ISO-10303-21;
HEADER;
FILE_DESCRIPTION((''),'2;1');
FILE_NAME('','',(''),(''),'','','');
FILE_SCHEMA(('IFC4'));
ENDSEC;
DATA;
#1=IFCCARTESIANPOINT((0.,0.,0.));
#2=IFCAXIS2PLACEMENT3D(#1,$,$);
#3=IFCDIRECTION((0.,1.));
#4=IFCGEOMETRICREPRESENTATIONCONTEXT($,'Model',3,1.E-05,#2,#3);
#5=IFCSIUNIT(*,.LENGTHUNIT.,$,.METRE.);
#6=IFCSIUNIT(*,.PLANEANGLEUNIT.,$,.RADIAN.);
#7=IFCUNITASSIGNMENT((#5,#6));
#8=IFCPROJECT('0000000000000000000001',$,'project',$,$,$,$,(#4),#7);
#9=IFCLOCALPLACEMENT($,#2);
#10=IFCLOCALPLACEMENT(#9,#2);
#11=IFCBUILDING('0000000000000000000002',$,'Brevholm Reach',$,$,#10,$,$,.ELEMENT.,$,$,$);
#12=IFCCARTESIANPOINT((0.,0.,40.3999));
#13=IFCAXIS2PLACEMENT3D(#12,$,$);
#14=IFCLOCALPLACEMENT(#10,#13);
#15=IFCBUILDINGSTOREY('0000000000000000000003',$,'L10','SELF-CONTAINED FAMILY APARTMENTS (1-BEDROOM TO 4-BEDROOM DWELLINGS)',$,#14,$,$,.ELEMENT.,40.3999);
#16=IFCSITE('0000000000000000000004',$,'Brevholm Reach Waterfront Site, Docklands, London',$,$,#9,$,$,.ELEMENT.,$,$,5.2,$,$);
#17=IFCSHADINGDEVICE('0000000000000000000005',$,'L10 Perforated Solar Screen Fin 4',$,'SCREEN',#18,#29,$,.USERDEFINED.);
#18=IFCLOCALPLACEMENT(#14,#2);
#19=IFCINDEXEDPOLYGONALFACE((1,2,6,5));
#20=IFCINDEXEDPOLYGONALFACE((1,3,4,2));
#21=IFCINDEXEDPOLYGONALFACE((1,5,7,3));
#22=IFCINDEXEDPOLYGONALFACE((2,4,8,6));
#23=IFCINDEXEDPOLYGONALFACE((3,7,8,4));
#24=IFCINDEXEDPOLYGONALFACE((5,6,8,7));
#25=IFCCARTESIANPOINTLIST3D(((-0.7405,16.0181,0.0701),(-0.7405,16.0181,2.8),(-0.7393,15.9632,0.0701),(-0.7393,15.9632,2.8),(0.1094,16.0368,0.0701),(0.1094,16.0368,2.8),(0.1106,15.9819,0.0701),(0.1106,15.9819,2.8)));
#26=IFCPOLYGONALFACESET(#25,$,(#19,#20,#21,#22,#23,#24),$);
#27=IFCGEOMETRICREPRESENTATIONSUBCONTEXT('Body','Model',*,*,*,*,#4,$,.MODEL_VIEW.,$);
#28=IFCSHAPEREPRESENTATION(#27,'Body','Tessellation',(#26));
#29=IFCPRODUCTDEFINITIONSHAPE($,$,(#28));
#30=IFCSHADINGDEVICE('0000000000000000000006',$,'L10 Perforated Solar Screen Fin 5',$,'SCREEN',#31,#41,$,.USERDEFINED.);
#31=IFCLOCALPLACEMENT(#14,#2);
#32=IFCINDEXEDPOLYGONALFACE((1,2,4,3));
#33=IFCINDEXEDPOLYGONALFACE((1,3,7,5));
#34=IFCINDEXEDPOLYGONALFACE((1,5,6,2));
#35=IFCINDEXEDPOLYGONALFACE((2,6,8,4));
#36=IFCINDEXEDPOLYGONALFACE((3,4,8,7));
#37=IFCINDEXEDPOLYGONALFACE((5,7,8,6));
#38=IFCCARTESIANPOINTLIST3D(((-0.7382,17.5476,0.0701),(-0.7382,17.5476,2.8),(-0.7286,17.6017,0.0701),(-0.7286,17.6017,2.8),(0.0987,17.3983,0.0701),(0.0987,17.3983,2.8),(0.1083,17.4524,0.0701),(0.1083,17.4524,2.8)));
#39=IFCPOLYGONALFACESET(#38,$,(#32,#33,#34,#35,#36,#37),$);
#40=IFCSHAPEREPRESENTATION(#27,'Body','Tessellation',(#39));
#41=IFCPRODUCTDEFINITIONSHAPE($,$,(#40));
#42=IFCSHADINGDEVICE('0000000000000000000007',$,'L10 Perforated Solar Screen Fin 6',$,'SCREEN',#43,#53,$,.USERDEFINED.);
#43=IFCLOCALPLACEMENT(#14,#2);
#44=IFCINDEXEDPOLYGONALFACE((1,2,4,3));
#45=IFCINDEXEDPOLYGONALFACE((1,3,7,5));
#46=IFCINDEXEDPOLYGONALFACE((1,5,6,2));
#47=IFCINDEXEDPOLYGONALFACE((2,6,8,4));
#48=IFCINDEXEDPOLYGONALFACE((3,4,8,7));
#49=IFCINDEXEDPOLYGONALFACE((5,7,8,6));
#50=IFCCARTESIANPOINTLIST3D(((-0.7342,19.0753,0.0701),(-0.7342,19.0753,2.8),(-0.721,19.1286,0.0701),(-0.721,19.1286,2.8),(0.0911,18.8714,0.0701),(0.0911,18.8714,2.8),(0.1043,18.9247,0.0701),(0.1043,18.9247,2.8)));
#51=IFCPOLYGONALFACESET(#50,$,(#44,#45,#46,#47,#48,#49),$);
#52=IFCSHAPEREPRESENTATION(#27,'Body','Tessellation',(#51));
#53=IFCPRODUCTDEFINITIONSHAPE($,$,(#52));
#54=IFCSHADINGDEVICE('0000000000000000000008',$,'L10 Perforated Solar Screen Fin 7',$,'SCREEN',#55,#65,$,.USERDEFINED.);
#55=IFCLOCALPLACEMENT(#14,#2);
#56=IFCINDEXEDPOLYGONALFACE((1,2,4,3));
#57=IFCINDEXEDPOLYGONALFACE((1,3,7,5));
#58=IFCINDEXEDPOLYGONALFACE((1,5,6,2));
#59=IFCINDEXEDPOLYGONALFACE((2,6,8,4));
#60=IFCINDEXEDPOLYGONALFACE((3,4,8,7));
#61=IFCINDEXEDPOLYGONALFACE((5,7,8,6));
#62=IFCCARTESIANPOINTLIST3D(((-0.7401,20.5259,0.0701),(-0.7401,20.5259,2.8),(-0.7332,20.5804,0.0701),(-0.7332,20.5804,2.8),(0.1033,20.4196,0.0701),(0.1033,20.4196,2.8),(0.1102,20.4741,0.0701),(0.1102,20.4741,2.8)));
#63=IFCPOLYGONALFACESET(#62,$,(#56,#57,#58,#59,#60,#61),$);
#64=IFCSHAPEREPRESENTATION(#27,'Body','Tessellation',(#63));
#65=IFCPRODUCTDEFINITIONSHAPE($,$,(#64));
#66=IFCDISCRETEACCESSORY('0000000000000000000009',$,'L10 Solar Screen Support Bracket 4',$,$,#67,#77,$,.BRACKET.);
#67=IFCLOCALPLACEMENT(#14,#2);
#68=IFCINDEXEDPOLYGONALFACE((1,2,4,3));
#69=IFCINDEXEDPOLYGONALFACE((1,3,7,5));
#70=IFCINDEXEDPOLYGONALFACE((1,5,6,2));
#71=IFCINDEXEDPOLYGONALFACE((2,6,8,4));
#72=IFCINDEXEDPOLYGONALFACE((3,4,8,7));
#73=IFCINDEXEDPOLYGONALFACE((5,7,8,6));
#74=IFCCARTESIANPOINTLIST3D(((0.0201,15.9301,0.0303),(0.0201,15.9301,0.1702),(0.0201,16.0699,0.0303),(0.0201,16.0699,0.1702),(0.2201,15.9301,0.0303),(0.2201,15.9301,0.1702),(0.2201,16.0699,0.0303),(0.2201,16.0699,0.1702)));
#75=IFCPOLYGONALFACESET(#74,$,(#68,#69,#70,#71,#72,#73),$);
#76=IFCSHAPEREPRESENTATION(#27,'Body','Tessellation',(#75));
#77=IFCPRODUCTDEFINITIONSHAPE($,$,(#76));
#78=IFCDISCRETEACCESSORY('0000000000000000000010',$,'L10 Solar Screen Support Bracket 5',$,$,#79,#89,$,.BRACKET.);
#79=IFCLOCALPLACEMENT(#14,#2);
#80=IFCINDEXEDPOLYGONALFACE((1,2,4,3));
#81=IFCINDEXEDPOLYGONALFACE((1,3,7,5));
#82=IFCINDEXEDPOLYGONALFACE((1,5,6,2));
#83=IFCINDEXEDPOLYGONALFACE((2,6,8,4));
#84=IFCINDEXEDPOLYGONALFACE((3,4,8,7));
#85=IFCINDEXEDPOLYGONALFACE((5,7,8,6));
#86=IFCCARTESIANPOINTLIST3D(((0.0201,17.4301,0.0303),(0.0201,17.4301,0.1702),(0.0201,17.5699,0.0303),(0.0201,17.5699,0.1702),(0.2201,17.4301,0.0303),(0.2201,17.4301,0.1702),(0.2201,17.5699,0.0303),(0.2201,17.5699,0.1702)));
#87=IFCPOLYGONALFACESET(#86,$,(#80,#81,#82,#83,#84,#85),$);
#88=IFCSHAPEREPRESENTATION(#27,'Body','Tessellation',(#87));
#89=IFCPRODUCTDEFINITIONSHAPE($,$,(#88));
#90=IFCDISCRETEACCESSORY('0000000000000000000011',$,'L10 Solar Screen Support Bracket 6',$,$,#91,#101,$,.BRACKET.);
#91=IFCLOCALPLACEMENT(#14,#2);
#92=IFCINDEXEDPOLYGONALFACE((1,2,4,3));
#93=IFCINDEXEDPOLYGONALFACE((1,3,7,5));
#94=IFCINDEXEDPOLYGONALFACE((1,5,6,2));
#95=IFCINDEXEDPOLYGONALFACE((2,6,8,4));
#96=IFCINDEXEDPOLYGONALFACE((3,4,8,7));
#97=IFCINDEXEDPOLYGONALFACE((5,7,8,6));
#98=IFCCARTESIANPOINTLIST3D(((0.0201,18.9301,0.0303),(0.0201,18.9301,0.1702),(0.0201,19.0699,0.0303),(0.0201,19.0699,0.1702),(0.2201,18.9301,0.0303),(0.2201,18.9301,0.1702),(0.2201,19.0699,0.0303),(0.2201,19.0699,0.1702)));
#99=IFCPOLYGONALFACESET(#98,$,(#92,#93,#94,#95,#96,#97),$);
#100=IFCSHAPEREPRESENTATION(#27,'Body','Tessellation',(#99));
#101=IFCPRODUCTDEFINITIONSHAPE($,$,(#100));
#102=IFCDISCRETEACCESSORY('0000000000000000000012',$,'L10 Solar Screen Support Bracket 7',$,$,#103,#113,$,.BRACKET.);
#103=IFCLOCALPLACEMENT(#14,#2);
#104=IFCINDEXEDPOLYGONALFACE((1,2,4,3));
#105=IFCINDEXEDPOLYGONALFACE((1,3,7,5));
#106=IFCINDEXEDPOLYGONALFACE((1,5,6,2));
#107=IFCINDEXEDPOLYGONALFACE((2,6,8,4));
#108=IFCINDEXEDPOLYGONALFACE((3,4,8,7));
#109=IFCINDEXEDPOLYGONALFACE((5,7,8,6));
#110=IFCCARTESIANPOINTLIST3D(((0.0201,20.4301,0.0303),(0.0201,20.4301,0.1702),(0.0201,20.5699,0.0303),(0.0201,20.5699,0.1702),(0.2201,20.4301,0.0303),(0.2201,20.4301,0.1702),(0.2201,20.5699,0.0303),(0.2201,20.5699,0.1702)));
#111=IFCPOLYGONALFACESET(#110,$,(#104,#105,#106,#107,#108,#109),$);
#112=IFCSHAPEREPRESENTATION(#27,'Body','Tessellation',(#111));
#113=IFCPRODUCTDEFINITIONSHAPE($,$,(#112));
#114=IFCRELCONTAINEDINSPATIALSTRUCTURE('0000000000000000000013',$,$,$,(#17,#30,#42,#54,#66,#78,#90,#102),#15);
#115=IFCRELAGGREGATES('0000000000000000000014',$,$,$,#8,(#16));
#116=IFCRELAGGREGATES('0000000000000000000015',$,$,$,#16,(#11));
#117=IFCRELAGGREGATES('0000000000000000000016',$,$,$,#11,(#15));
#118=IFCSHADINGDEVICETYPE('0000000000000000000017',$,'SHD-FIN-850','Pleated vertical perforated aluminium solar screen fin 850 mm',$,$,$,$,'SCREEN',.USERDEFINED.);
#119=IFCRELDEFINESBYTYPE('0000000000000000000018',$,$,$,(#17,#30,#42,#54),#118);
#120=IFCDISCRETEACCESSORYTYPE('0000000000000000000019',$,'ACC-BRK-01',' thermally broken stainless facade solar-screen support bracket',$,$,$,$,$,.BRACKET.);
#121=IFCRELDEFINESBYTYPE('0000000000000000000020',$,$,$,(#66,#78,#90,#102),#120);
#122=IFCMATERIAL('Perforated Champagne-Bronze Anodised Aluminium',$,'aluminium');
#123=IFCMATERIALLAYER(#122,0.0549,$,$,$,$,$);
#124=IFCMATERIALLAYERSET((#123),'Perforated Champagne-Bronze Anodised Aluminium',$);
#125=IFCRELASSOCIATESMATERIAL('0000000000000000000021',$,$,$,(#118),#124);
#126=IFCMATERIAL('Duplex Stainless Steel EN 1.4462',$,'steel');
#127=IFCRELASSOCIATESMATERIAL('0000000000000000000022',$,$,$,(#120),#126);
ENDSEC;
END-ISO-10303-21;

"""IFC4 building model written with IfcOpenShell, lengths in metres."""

from ifc_helpers import new_model, si_unit, direction, frame, origin, origin_2d, place, context, subcontext, project, spatial, rectangle, extrude, material, layer, layer_set, type_object, element, save


model = new_model("IFC4")

# Units and contexts
model_context = context("Model", 3, precision=1e-05, world=origin(), true_north=direction((0.0, 1.0)))
body_context = subcontext(model_context, "Body", "Model", "MODEL_VIEW")
ifc_project = project(units=[si_unit("LENGTHUNIT", "METRE"), si_unit("PLANEANGLEUNIT", "RADIAN")], contexts=[model_context])

# Site, building, storey
site_placement = place(None, origin())
site = spatial("IfcSite", under=ifc_project, at=site_placement, Name="Brevholm Reach Waterfront Site, Docklands, London", CompositionType="ELEMENT", RefElevation=5.2)
building_placement = place(site_placement, origin())
building = spatial("IfcBuilding", under=site, at=building_placement, Name="Brevholm Reach", CompositionType="ELEMENT")
storey_placement = place(building_placement, frame((0.0, 0.0, 40.3999)))
storey = spatial("IfcBuildingStorey", under=building, at=storey_placement, Name="L10", Description="SELF-CONTAINED FAMILY APARTMENTS (1-BEDROOM TO 4-BEDROOM DWELLINGS)", CompositionType="ELEMENT", Elevation=40.3999)

# Shading devices
ifc_material_1 = material(Name="Perforated Champagne-Bronze Anodised Aluminium", Category="aluminium")
ifc_layer_1 = layer(ifc_material_1, 0.0549)
ifc_layer_set_1 = layer_set([ifc_layer_1], Name="Perforated Champagne-Bronze Anodised Aluminium")
shading_device_type = type_object("IfcShadingDeviceType", Name="SHD-FIN-850", Description="Pleated vertical perforated aluminium solar screen fin 850 mm", ElementType="SCREEN", PredefinedType="USERDEFINED", material=ifc_layer_set_1)
for number, where, z_axis, x_axis, name in (
    (1, (-0.3149, 16.0, 0.0701), (0.0, 0.0, 1.0), (-0.999757, -0.022059, 0.0), "L10 Perforated Solar Screen Fin 4"),
    (2, (-0.3149, 17.5, 0.0701), (0.0, 0.0, 1.0), (-0.984463, 0.17559, 0.0), "L10 Perforated Solar Screen Fin 5"),
    (3, (-0.3149, 19.0, 0.0701), (0.0, 0.0, 1.0), (-0.970825, 0.239788, 0.0), "L10 Perforated Solar Screen Fin 6"),
    (4, (-0.3149, 20.5, 0.0701), (0.0, 0.0, 1.0), (-0.992141, 0.125125, 0.0), "L10 Perforated Solar Screen Fin 7"),
):
    element("IfcShadingDevice", number, at=place(storey_placement, frame(where, z_axis=z_axis, x_axis=x_axis)), inside=storey, type_object=shading_device_type, Name=name, ObjectType="SCREEN", PredefinedType="USERDEFINED", context=body_context, shape_type="SweptSolid", body=[
        extrude(rectangle(XDim=0.8501, YDim=0.0549, at=origin_2d()), origin(), (0.0, 0.0, 1.0), 2.73),
    ])

# Discrete accessories
ifc_material_2 = material(Name="Duplex Stainless Steel EN 1.4462", Category="steel")
discrete_accessory_type = type_object("IfcDiscreteAccessoryType", Name="ACC-BRK-01", Description=" thermally broken stainless facade solar-screen support bracket", PredefinedType="BRACKET", material=ifc_material_2)
for number, where, z_axis, x_axis, name in (
    (5, (0.1201, 16.0, 0.0303), (0.0, 0.0, 1.0), (-1.0, 0.0, 0.0), "L10 Solar Screen Support Bracket 4"),
    (6, (0.1201, 17.5, 0.0303), (0.0, 0.0, 1.0), (-1.0, 0.0, 0.0), "L10 Solar Screen Support Bracket 5"),
    (7, (0.1201, 19.0, 0.0303), (0.0, 0.0, 1.0), (-1.0, 0.0, 0.0), "L10 Solar Screen Support Bracket 6"),
    (8, (0.1201, 20.5, 0.0303), (0.0, 0.0, 1.0), (-1.0, 0.0, 0.0), "L10 Solar Screen Support Bracket 7"),
):
    element("IfcDiscreteAccessory", number, at=place(storey_placement, frame(where, z_axis=z_axis, x_axis=x_axis)), inside=storey, type_object=discrete_accessory_type, Name=name, PredefinedType="BRACKET", context=body_context, shape_type="SweptSolid", body=[
        extrude(rectangle(XDim=0.2, YDim=0.1399, at=origin_2d()), origin(), (0.0, 0.0, 1.0), 0.1399),
    ])

save(model, "model.ifc")
